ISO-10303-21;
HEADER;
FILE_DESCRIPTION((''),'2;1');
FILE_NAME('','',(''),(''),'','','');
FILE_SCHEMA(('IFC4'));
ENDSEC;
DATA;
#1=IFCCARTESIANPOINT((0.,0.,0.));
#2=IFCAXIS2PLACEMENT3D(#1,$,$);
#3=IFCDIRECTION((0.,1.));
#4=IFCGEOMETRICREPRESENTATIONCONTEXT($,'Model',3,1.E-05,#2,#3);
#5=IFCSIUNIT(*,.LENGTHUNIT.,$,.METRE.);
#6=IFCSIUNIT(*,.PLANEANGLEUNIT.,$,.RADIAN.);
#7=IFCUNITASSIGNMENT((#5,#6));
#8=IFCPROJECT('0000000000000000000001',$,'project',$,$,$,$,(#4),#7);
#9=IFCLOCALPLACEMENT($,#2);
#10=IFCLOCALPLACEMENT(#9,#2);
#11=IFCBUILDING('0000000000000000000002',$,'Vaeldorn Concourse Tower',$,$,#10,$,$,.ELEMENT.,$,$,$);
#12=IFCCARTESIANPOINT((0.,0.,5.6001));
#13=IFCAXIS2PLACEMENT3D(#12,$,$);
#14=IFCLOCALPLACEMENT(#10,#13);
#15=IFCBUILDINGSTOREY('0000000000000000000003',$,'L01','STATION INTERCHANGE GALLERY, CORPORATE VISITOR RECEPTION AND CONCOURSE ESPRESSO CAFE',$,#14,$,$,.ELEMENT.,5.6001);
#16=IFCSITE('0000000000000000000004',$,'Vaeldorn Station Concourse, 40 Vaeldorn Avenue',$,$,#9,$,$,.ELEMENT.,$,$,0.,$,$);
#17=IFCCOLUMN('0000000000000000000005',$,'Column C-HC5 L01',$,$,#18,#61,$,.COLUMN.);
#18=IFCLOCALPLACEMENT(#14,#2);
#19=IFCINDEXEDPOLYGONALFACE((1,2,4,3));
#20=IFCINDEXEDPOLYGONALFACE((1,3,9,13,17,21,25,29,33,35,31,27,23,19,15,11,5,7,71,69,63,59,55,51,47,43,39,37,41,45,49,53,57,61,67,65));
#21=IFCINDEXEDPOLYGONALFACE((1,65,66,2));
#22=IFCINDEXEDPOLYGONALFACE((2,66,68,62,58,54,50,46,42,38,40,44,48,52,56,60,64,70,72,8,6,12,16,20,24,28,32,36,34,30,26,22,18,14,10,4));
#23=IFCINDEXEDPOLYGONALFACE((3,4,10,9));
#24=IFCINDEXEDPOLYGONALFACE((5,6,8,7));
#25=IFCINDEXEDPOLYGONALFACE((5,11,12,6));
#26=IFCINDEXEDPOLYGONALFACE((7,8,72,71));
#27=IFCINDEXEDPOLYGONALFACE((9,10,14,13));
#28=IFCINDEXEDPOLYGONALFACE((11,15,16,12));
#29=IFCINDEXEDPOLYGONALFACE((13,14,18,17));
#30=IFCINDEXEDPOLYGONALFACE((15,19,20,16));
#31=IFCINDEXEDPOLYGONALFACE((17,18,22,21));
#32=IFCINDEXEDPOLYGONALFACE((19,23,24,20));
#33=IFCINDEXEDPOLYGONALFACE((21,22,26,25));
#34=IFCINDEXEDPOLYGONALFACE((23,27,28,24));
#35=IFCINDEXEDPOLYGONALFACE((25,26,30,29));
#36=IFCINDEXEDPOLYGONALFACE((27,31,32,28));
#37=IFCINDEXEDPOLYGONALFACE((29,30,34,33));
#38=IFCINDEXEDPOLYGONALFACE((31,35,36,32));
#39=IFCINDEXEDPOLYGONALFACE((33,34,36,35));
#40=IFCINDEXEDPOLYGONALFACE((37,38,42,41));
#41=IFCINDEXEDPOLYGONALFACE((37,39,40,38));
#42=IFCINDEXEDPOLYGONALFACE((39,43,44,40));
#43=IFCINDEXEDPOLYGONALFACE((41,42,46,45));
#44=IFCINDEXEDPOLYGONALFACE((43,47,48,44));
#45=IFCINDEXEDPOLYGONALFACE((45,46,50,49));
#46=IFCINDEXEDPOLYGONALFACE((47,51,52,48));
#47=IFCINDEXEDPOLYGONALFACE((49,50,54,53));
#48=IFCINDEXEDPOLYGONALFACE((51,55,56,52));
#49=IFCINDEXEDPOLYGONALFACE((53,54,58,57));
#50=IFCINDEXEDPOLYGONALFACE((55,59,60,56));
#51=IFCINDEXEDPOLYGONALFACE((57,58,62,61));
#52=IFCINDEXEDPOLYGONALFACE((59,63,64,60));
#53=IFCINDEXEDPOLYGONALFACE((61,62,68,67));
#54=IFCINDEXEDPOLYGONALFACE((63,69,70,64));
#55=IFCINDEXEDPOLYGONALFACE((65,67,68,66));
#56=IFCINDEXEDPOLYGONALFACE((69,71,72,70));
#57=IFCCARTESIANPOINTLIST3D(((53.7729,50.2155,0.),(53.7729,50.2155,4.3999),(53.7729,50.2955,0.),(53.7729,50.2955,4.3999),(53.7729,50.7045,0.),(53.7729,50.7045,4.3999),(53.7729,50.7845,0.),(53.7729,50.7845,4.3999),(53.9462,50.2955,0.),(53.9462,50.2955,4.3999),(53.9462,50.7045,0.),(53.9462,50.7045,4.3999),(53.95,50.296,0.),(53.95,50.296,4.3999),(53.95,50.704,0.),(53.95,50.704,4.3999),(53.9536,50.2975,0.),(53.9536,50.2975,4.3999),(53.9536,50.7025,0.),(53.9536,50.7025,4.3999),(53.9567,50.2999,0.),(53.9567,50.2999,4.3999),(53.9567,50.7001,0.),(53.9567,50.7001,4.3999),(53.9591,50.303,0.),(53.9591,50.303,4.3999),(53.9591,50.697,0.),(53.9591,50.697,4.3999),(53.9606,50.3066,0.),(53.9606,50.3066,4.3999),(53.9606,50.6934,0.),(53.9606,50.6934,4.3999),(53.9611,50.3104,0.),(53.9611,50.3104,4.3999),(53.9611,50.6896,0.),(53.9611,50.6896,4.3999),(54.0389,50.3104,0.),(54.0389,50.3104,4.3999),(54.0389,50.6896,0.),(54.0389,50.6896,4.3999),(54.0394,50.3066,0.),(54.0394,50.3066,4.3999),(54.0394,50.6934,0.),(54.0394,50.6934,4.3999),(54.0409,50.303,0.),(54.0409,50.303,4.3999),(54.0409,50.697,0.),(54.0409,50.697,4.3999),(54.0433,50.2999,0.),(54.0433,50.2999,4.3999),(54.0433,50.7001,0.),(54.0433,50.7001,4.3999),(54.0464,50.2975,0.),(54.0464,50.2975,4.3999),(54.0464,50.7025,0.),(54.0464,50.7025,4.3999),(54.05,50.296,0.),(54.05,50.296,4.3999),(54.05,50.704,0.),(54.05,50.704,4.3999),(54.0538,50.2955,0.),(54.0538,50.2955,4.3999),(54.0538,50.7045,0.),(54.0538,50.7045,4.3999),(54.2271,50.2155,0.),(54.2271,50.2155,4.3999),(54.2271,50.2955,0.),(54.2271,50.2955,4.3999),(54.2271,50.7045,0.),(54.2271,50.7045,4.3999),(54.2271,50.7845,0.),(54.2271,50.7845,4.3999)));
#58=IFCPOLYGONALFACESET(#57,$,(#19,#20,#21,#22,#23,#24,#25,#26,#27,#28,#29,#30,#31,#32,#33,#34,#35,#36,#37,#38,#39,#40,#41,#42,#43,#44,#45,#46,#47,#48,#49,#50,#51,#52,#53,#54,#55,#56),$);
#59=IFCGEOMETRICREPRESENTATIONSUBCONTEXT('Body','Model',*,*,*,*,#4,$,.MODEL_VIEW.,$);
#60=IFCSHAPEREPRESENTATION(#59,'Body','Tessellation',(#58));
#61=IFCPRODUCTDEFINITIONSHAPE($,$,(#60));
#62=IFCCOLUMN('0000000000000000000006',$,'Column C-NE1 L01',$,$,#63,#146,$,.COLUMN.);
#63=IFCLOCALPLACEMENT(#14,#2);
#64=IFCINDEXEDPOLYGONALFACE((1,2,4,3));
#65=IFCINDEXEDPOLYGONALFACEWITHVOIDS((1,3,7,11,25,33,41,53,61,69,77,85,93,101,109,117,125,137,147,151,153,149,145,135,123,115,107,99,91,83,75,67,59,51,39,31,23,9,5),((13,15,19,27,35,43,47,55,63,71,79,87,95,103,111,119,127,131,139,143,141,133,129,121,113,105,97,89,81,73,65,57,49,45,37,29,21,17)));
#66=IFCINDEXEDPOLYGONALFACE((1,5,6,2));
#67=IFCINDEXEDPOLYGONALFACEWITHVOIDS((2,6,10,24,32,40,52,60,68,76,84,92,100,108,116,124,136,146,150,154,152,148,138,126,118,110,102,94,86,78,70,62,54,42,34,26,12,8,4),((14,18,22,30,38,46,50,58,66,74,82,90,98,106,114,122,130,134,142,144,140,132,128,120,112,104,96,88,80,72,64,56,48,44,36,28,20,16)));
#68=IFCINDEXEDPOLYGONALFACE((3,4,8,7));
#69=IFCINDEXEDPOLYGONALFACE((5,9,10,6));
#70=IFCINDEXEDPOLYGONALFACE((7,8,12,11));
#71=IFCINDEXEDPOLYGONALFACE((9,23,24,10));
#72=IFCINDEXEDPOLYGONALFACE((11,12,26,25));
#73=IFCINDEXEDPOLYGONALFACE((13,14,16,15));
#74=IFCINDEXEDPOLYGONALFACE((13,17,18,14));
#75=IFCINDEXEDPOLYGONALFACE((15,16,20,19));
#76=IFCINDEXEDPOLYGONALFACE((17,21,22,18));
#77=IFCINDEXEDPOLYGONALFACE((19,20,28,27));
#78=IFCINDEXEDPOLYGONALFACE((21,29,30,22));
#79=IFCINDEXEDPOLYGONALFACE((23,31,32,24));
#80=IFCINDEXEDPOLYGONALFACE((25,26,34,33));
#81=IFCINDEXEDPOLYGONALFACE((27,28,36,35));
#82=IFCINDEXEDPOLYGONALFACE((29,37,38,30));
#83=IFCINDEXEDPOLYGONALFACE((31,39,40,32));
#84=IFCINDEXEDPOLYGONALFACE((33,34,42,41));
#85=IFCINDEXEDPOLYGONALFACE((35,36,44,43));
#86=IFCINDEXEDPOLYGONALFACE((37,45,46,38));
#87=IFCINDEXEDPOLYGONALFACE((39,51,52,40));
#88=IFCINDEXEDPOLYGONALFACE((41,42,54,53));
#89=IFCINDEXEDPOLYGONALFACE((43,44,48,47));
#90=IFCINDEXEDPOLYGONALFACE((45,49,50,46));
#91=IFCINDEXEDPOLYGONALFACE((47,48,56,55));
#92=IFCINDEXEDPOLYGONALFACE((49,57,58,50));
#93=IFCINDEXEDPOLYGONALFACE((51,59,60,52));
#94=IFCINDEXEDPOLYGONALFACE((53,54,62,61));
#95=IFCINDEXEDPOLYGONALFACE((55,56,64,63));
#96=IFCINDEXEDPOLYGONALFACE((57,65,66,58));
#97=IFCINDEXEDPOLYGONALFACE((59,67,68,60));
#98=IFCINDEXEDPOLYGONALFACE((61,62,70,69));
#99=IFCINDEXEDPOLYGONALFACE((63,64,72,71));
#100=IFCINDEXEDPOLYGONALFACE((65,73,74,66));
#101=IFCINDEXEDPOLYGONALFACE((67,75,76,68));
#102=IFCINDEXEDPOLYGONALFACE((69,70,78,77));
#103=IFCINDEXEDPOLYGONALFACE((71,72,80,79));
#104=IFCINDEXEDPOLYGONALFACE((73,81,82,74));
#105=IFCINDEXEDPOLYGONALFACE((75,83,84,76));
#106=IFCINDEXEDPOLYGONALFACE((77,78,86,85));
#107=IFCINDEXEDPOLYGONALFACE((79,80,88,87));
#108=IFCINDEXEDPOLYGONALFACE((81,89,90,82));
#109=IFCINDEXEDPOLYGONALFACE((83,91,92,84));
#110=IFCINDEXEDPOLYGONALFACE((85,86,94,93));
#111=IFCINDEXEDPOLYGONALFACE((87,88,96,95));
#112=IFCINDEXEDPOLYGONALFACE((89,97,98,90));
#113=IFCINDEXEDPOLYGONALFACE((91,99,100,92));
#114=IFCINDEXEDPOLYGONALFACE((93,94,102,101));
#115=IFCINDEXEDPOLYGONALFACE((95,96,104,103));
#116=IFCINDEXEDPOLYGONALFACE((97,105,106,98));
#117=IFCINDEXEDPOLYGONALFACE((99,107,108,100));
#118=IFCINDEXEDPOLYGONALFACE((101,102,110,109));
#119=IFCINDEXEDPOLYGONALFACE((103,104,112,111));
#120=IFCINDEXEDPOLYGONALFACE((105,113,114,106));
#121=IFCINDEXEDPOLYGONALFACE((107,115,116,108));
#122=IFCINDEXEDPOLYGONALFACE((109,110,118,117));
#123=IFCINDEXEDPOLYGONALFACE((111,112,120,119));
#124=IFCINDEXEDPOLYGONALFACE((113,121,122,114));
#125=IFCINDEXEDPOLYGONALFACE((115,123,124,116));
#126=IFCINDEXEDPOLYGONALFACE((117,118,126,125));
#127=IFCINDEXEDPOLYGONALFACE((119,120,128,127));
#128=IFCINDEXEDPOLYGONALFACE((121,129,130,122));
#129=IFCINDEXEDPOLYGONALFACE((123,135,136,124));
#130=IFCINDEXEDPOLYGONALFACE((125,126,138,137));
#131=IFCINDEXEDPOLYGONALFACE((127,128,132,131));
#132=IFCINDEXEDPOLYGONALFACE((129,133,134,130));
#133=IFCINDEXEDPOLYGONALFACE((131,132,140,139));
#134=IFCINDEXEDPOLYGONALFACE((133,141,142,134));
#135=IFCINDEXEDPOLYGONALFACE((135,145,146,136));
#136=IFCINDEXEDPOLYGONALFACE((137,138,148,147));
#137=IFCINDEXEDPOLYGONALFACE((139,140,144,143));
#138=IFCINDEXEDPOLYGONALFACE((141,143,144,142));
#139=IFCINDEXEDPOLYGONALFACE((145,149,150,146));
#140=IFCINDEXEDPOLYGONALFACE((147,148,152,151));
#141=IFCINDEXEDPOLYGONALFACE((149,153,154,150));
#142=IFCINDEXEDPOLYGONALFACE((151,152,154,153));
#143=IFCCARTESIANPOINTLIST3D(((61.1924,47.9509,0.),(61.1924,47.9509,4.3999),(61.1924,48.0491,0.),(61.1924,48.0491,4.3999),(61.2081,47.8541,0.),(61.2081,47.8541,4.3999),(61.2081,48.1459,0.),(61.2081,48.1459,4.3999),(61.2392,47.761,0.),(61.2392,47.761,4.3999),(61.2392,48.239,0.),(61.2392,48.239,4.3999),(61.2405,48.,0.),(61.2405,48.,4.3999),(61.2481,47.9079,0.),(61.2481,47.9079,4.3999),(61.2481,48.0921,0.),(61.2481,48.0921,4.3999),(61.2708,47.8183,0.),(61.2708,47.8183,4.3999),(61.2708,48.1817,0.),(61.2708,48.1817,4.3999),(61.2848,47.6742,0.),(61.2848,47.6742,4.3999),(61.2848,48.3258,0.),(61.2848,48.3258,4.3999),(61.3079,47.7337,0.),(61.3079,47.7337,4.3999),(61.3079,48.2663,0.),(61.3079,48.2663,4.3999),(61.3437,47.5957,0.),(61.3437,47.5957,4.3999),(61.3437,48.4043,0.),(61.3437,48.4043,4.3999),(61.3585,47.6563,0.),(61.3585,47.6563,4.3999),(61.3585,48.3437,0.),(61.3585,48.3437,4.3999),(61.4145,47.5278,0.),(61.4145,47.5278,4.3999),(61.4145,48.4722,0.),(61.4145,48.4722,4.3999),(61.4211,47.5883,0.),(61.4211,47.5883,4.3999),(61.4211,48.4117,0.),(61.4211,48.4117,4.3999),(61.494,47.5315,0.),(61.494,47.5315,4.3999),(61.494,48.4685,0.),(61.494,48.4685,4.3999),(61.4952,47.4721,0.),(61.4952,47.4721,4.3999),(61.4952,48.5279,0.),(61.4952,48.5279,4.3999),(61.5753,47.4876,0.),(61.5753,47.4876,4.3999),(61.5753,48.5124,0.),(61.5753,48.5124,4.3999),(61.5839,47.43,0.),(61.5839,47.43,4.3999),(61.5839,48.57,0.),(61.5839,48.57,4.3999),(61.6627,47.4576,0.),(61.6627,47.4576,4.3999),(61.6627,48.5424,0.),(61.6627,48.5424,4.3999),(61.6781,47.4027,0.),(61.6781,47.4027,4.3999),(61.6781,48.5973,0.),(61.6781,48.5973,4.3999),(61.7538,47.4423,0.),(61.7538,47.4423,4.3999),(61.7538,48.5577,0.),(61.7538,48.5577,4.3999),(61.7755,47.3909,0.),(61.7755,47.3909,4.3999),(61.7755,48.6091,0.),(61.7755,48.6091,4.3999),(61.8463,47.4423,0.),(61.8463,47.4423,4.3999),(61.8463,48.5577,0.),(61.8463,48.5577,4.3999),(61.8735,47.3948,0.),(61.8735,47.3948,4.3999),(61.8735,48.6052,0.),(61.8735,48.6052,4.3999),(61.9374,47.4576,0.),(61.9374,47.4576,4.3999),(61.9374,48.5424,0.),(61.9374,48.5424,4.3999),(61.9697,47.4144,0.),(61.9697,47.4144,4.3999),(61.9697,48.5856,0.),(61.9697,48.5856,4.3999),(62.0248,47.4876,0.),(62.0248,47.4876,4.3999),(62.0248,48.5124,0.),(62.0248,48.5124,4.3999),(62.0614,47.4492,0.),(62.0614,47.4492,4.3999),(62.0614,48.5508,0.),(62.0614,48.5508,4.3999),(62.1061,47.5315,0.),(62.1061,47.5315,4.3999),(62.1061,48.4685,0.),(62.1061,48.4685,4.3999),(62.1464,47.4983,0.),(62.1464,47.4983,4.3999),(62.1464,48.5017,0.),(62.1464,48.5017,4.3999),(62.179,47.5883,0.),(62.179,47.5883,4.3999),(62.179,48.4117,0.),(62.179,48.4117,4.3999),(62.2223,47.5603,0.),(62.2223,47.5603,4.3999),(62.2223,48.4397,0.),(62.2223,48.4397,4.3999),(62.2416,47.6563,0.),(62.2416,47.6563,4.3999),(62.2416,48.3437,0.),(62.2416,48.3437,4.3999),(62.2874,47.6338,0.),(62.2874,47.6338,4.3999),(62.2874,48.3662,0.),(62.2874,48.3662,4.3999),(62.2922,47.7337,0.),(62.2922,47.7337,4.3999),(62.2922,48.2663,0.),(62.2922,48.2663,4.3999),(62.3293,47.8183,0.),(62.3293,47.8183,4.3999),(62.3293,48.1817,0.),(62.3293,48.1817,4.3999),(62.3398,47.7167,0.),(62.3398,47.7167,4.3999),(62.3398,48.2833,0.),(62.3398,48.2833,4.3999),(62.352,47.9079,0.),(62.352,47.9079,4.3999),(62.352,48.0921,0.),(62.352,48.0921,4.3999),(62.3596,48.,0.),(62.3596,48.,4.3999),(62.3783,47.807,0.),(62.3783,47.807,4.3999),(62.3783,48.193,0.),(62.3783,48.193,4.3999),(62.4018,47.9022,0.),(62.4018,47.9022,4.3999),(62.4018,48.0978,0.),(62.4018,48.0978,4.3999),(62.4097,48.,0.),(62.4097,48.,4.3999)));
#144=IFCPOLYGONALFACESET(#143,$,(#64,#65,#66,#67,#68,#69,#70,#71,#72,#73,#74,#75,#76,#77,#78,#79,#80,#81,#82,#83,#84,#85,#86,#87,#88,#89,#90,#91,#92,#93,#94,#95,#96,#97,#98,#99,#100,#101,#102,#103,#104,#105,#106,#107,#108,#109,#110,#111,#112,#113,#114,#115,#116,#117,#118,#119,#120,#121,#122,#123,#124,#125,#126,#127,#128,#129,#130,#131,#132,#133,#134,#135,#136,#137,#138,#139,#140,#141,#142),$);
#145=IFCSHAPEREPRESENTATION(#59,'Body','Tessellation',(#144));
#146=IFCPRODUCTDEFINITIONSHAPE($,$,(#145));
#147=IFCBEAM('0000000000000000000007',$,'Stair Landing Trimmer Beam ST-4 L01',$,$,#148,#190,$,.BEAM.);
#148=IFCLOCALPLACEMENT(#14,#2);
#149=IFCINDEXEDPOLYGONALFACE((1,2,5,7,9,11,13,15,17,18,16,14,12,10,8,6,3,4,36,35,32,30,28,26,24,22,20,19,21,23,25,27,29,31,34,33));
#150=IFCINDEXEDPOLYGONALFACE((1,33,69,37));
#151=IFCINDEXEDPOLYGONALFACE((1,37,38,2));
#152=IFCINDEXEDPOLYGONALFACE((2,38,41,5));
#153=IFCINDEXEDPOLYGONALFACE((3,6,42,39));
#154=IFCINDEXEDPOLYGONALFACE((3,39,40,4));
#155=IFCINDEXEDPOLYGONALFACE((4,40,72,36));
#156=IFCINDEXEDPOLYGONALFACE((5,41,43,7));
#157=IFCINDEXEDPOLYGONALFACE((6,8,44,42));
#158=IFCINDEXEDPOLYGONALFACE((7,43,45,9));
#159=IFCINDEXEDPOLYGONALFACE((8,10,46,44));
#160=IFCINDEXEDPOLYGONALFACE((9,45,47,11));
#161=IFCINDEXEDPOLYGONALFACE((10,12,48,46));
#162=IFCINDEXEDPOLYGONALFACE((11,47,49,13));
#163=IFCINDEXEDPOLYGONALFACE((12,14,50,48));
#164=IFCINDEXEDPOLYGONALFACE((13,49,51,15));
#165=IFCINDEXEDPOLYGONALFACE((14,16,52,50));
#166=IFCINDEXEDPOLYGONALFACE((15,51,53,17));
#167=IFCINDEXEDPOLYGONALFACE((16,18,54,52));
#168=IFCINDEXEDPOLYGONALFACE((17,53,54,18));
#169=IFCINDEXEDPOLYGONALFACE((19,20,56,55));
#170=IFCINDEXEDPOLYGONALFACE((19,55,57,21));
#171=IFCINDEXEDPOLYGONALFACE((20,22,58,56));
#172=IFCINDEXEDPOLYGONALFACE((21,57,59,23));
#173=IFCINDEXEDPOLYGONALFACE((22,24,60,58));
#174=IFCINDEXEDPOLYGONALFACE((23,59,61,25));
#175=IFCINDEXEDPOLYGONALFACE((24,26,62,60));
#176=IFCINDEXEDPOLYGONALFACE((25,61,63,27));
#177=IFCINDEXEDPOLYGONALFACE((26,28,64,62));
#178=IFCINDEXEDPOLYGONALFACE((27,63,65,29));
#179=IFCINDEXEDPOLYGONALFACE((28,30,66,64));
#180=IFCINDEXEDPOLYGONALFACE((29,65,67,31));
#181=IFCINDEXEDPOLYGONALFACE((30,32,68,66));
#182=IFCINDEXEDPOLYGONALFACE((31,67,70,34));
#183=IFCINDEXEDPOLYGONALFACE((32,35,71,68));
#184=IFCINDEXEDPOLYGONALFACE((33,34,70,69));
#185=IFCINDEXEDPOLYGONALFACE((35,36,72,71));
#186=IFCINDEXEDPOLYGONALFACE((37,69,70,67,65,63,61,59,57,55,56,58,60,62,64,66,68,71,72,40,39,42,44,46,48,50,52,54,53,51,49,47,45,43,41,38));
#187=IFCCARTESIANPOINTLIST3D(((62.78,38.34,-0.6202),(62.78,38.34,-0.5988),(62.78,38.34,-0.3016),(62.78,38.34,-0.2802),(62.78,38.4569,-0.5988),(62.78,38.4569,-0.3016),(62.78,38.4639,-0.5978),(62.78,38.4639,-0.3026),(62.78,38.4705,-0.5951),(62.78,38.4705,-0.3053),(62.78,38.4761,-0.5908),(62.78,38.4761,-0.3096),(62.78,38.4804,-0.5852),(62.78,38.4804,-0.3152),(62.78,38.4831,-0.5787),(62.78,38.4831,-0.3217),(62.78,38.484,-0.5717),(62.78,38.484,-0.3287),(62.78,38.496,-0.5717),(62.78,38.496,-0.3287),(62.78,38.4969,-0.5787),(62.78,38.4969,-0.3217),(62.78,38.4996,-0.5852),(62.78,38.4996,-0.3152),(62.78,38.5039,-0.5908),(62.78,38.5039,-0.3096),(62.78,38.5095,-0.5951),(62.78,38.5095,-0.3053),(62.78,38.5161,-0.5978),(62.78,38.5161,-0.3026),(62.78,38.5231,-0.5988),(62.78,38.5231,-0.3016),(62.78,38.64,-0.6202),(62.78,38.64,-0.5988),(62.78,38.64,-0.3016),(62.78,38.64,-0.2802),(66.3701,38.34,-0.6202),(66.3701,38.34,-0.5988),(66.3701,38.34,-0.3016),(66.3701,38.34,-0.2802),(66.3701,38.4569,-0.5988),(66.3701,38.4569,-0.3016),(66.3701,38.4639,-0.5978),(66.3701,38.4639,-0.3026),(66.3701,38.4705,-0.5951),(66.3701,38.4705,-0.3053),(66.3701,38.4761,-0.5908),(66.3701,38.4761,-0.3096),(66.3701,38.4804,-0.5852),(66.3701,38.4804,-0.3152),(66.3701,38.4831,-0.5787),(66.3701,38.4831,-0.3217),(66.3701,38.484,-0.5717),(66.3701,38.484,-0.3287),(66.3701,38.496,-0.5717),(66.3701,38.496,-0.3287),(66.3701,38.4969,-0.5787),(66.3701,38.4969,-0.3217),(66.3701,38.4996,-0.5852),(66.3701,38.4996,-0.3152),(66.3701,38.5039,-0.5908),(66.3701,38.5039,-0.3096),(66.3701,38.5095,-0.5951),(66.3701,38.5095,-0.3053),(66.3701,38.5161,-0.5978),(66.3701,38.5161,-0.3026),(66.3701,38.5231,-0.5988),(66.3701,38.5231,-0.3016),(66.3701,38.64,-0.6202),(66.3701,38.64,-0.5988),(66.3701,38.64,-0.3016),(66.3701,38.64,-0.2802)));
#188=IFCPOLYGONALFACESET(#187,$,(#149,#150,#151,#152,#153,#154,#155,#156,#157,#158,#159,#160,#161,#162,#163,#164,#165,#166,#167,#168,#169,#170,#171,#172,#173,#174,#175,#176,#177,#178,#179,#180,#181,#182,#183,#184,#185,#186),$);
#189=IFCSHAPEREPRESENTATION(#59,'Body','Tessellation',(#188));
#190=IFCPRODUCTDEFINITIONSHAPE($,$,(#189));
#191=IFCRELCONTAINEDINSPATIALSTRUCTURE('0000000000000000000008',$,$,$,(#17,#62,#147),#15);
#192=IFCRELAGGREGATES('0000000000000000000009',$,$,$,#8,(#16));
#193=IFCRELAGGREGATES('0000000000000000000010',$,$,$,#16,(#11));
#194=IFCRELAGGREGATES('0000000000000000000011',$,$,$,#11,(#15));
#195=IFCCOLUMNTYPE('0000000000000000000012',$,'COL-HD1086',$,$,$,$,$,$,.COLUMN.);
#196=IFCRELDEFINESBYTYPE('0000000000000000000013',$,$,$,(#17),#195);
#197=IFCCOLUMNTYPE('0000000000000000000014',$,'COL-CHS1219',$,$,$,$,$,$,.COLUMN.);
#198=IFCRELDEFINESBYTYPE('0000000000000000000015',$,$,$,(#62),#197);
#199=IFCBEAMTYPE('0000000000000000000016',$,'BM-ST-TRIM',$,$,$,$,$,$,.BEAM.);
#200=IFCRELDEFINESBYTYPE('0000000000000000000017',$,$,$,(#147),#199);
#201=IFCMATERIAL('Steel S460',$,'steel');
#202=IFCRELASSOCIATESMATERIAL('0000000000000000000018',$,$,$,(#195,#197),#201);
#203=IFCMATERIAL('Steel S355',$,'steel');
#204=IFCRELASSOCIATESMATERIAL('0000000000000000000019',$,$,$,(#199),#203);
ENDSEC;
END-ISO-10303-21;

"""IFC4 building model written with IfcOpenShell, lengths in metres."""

from ifc_helpers import new_model, si_unit, direction, frame, origin, origin_2d, place, context, subcontext, project, spatial, hollow_circle, i_section, extrude, source, transform, mapped, material, material_profile, profile_set, type_object, element, save


model = new_model("IFC4")

# Units and contexts
model_context = context("Model", 3, precision=1e-05, world=origin(), true_north=direction((0.0, 1.0)))
body_context = subcontext(model_context, "Body", "Model", "MODEL_VIEW")
ifc_project = project(units=[si_unit("LENGTHUNIT", "METRE"), si_unit("PLANEANGLEUNIT", "RADIAN")], contexts=[model_context])

# Site, building, storey
site_placement = place(None, origin())
site = spatial("IfcSite", under=ifc_project, at=site_placement, Name="Vaeldorn Station Concourse, 40 Vaeldorn Avenue", CompositionType="ELEMENT", RefElevation=0.0)
building_placement = place(site_placement, origin())
building = spatial("IfcBuilding", under=site, at=building_placement, Name="Vaeldorn Concourse Tower", CompositionType="ELEMENT")
storey_placement = place(building_placement, frame((0.0, 0.0, 5.6001)))
storey = spatial("IfcBuildingStorey", under=building, at=storey_placement, Name="L01", Description="STATION INTERCHANGE GALLERY, CORPORATE VISITOR RECEPTION AND CONCOURSE ESPRESSO CAFE", CompositionType="ELEMENT", Elevation=5.6001)

# Columns
ifc_material_1 = material(Name="Steel S460", Category="steel")
ifc_material_profile_1 = material_profile(ifc_material_1, i_section(OverallWidth=0.4541, OverallDepth=0.5691, WebThickness=0.0779, FlangeThickness=0.0801, FilletRadius=0.0149, at=origin_2d()), Name="HD 400x1086")
ifc_profile_set_1 = profile_set([ifc_material_profile_1], Name="Steel S460")
column_type_1 = type_object("IfcColumnType", Name="COL-HD1086", PredefinedType="COLUMN", material=ifc_profile_set_1)
shared_shape_1 = source(origin(), body_context, "Body", "SweptSolid", [
    extrude(i_section(OverallWidth=0.4541, OverallDepth=0.5691, WebThickness=0.0779, FlangeThickness=0.0801, FilletRadius=0.0149, at=origin_2d()), origin(), (0.0, 0.0, 1.0), 4.3999),
])
column_1_placement = place(storey_placement, frame((54.0, 50.5, 0.0), z_axis=(0.0, 0.0, 1.0), x_axis=(1.0, 0.0, 0.0)))
element("IfcColumn", 1, at=column_1_placement, inside=storey, type_object=column_type_1, Name="Column C-HC5 L01", PredefinedType="COLUMN", context=body_context, shape_type="MappedRepresentation", body=[
    mapped(shared_shape_1, transform((0.0, 0.0, 0.0), scale=1.0)),
])
ifc_material_profile_2 = material_profile(ifc_material_1, hollow_circle(Radius=0.6096, WallThickness=0.05, at=origin_2d()), Name="CHS 1219x50")
ifc_profile_set_2 = profile_set([ifc_material_profile_2], Name="Steel S460")
column_type_2 = type_object("IfcColumnType", Name="COL-CHS1219", PredefinedType="COLUMN", material=ifc_profile_set_2)
shared_shape_2 = source(origin(), body_context, "Body", "SweptSolid", [
    extrude(hollow_circle(Radius=0.6096, WallThickness=0.05, at=origin_2d()), origin(), (0.0, 0.0, 1.0), 4.3999),
])
column_2_placement = place(storey_placement, frame((61.8, 48.0, 0.0), z_axis=(0.0, 0.0, 1.0), x_axis=(1.0, 0.0, 0.0)))
element("IfcColumn", 2, at=column_2_placement, inside=storey, type_object=column_type_2, Name="Column C-NE1 L01", PredefinedType="COLUMN", context=body_context, shape_type="MappedRepresentation", body=[
    mapped(shared_shape_2, transform((0.0, 0.0, 0.0), scale=1.0)),
])

# Beam
ifc_material_2 = material(Name="Steel S355", Category="steel")
ifc_material_profile_3 = material_profile(ifc_material_2, i_section(OverallWidth=0.3, OverallDepth=0.3401, WebThickness=0.012, FlangeThickness=0.0215, FilletRadius=0.0271, at=origin_2d()), Name="HEB 340")
ifc_profile_set_3 = profile_set([ifc_material_profile_3], Name="Steel S355")
beam_type_1 = type_object("IfcBeamType", Name="BM-ST-TRIM", PredefinedType="BEAM", material=ifc_profile_set_3)
shared_shape_3 = source(origin(), body_context, "Body", "SweptSolid", [
    extrude(i_section(OverallWidth=0.3, OverallDepth=0.3401, WebThickness=0.012, FlangeThickness=0.0215, FilletRadius=0.0271, at=origin_2d()), origin(), (0.0, 0.0, 1.0), 3.5901),
])
beam_1_placement = place(storey_placement, frame((62.78, 38.49, -0.4502), z_axis=(1.0, 0.0, 0.0), x_axis=(0.0, 1.0, 0.0)))
element("IfcBeam", 3, at=beam_1_placement, inside=storey, type_object=beam_type_1, Name="Stair Landing Trimmer Beam ST-4 L01", PredefinedType="BEAM", context=body_context, shape_type="MappedRepresentation", body=[
    mapped(shared_shape_3, transform((0.0, 0.0, 0.0), scale=1.0)),
])

save(model, "model.ifc")
